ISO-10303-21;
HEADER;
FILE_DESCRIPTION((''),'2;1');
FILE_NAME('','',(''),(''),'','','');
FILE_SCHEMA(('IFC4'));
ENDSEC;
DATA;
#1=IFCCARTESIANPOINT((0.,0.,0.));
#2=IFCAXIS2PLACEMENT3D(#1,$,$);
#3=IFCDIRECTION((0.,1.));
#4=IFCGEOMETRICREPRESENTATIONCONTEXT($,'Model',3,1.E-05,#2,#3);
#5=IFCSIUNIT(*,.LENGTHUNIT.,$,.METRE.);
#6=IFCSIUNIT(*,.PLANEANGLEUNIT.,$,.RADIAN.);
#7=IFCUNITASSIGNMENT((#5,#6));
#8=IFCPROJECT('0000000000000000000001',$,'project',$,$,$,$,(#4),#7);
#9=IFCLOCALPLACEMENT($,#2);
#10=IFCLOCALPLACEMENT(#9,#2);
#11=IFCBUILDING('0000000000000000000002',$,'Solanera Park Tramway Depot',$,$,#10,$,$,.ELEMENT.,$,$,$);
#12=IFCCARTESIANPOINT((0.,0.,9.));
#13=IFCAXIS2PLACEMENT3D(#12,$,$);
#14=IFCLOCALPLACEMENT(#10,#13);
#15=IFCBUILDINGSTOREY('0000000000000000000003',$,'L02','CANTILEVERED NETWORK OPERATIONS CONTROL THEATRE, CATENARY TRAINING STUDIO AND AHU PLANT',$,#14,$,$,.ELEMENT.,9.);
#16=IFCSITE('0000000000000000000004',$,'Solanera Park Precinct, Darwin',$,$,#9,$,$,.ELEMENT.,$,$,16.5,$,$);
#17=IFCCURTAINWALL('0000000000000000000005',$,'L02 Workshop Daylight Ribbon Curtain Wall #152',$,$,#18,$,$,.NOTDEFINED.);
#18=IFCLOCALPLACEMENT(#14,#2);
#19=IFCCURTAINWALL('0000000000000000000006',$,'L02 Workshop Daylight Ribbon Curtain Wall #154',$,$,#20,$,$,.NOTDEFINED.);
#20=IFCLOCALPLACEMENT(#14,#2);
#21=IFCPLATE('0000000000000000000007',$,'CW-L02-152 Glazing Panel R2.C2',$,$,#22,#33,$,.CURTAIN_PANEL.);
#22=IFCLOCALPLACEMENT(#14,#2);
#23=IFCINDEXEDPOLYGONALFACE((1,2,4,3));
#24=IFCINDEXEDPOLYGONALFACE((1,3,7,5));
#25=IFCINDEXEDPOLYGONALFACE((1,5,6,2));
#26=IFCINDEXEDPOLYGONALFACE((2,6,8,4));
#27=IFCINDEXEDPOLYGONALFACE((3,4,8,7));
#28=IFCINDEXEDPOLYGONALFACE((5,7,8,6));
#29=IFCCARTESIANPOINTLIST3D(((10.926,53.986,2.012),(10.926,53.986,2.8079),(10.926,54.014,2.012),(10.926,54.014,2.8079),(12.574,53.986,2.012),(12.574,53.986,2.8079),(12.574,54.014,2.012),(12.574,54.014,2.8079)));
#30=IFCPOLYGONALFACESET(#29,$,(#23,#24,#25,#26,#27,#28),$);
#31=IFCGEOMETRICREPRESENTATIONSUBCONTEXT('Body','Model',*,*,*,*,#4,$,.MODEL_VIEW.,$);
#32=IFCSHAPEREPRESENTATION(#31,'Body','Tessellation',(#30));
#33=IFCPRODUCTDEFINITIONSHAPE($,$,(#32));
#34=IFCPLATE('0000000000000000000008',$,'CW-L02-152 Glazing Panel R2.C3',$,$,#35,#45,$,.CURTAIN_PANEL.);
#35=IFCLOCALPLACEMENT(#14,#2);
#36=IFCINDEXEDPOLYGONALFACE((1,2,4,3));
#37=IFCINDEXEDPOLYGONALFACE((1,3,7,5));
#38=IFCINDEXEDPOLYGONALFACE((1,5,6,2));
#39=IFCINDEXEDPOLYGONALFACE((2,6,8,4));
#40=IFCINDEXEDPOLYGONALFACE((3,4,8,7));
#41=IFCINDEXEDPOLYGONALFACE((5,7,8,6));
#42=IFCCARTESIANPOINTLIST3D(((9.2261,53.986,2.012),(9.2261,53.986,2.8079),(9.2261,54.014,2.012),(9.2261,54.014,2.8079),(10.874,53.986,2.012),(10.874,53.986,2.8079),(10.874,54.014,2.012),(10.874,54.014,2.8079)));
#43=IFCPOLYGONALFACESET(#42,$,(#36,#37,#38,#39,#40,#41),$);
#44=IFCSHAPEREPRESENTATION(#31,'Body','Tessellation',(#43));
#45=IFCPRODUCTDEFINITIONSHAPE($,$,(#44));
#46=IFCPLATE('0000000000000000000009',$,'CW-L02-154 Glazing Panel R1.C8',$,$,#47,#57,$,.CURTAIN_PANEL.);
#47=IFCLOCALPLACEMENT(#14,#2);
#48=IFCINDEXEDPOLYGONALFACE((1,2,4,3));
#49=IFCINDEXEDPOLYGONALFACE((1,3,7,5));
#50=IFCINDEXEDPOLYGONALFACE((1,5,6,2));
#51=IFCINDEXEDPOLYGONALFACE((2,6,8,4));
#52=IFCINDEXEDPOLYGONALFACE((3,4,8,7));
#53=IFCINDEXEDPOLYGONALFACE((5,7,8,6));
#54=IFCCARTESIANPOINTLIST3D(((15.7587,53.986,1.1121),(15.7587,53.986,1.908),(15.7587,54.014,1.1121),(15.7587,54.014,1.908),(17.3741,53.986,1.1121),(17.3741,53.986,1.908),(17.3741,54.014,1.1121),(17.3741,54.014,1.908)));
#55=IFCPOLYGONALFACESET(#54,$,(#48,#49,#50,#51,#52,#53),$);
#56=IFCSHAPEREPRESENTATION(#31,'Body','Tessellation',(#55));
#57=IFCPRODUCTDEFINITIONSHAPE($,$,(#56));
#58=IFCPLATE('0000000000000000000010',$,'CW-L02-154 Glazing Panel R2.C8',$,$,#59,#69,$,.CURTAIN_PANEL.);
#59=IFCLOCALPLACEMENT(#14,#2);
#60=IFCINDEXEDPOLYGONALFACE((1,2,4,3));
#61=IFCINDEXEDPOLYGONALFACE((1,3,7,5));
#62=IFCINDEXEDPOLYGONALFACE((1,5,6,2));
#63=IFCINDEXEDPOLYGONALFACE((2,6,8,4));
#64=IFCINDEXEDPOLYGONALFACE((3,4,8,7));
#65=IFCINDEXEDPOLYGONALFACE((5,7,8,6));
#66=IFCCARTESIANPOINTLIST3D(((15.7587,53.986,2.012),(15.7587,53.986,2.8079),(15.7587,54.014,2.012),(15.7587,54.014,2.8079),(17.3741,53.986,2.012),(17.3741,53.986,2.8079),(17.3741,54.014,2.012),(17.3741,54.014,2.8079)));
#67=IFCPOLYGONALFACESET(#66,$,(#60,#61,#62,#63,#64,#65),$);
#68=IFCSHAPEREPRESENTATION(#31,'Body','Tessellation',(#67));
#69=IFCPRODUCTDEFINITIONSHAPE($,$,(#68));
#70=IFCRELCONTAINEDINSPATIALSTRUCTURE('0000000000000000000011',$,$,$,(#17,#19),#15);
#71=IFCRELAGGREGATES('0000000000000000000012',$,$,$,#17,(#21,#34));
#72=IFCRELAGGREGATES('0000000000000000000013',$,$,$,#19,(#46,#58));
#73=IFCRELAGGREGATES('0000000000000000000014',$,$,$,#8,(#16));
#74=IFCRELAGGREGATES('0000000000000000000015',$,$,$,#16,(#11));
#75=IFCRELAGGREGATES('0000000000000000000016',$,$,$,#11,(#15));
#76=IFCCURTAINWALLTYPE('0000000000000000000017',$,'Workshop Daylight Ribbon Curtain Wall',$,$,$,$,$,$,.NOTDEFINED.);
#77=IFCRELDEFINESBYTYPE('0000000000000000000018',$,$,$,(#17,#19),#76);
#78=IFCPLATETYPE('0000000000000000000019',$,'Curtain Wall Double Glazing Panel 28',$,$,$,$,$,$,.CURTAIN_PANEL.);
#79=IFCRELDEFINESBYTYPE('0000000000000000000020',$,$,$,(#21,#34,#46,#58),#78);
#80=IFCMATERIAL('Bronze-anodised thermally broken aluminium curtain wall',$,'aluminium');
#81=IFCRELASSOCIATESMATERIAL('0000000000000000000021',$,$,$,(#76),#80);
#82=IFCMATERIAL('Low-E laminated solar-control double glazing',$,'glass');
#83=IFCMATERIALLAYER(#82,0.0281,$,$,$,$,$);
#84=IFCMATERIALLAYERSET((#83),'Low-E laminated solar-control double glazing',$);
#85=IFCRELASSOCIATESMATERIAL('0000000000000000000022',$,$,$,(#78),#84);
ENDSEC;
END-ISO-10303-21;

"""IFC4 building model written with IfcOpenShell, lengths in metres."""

from ifc_helpers import new_model, si_unit, direction, frame, origin, origin_2d, place, context, subcontext, project, spatial, rectangle, extrude, material, layer, layer_set, type_object, element, aggregate, save


model = new_model("IFC4")

# Units and contexts
model_context = context("Model", 3, precision=1e-05, world=origin(), true_north=direction((0.0, 1.0)))
body_context = subcontext(model_context, "Body", "Model", "MODEL_VIEW")
ifc_project = project(units=[si_unit("LENGTHUNIT", "METRE"), si_unit("PLANEANGLEUNIT", "RADIAN")], contexts=[model_context])

# Site, building, storey
site_placement = place(None, origin())
site = spatial("IfcSite", under=ifc_project, at=site_placement, Name="Solanera Park Precinct, Darwin", CompositionType="ELEMENT", RefElevation=16.5)
building_placement = place(site_placement, origin())
building = spatial("IfcBuilding", under=site, at=building_placement, Name="Solanera Park Tramway Depot", CompositionType="ELEMENT")
storey_placement = place(building_placement, frame((0.0, 0.0, 9.0)))
storey = spatial("IfcBuildingStorey", under=building, at=storey_placement, Name="L02", Description="CANTILEVERED NETWORK OPERATIONS CONTROL THEATRE, CATENARY TRAINING STUDIO AND AHU PLANT", CompositionType="ELEMENT", Elevation=9.0)

# Curtain walls
ifc_material_1 = material(Name="Bronze-anodised thermally broken aluminium curtain wall", Category="aluminium")
curtain_wall_type = type_object("IfcCurtainWallType", Name="Workshop Daylight Ribbon Curtain Wall", PredefinedType="NOTDEFINED", material=ifc_material_1)
curtain_wall_1_placement = place(storey_placement, origin())
curtain_wall_1 = element("IfcCurtainWall", 1, at=curtain_wall_1_placement, inside=storey, type_object=curtain_wall_type, Name="L02 Workshop Daylight Ribbon Curtain Wall #152", PredefinedType="NOTDEFINED")
curtain_wall_2_placement = place(storey_placement, origin())
curtain_wall_2 = element("IfcCurtainWall", 2, at=curtain_wall_2_placement, inside=storey, type_object=curtain_wall_type, Name="L02 Workshop Daylight Ribbon Curtain Wall #154", PredefinedType="NOTDEFINED")

# Plates
ifc_material_2 = material(Name="Low-E laminated solar-control double glazing", Category="glass")
ifc_layer = layer(ifc_material_2, 0.0281)
ifc_layer_set = layer_set([ifc_layer], Name="Low-E laminated solar-control double glazing")
plate_type = type_object("IfcPlateType", Name="Curtain Wall Double Glazing Panel 28", PredefinedType="CURTAIN_PANEL", material=ifc_layer_set)
plate_1_placement = place(storey_placement, frame((11.75, 54.0, 2.012), z_axis=(0.0, 0.0, 1.0), x_axis=(-1.0, 0.0, 0.0)))
plate_1 = element("IfcPlate", 3, at=plate_1_placement, type_object=plate_type, Name="CW-L02-152 Glazing Panel R2.C2", PredefinedType="CURTAIN_PANEL", context=body_context, shape_type="SweptSolid", body=[
    extrude(rectangle(XDim=1.6479, YDim=0.0281, at=origin_2d()), origin(), (0.0, 0.0, 1.0), 0.7959),
])
plate_2_placement = place(storey_placement, frame((10.05, 54.0, 2.012), z_axis=(0.0, 0.0, 1.0), x_axis=(-1.0, 0.0, 0.0)))
plate_2 = element("IfcPlate", 4, at=plate_2_placement, type_object=plate_type, Name="CW-L02-152 Glazing Panel R2.C3", PredefinedType="CURTAIN_PANEL", context=body_context, shape_type="SweptSolid", body=[
    extrude(rectangle(XDim=1.6479, YDim=0.0281, at=origin_2d()), origin(), (0.0, 0.0, 1.0), 0.7959),
])
aggregate(curtain_wall_1, [plate_1, plate_2])
plate_3_placement = place(storey_placement, frame((16.5664, 54.0, 1.1121), z_axis=(0.0, 0.0, 1.0), x_axis=(-1.0, 0.0, 0.0)))
plate_3 = element("IfcPlate", 5, at=plate_3_placement, type_object=plate_type, Name="CW-L02-154 Glazing Panel R1.C8", PredefinedType="CURTAIN_PANEL", context=body_context, shape_type="SweptSolid", body=[
    extrude(rectangle(XDim=1.6155, YDim=0.0281, at=origin_2d()), origin(), (0.0, 0.0, 1.0), 0.7959),
])
plate_4_placement = place(storey_placement, frame((16.5664, 54.0, 2.012), z_axis=(0.0, 0.0, 1.0), x_axis=(-1.0, 0.0, 0.0)))
plate_4 = element("IfcPlate", 6, at=plate_4_placement, type_object=plate_type, Name="CW-L02-154 Glazing Panel R2.C8", PredefinedType="CURTAIN_PANEL", context=body_context, shape_type="SweptSolid", body=[
    extrude(rectangle(XDim=1.6155, YDim=0.0281, at=origin_2d()), origin(), (0.0, 0.0, 1.0), 0.7959),
])
aggregate(curtain_wall_2, [plate_3, plate_4])

save(model, "model.ifc")
